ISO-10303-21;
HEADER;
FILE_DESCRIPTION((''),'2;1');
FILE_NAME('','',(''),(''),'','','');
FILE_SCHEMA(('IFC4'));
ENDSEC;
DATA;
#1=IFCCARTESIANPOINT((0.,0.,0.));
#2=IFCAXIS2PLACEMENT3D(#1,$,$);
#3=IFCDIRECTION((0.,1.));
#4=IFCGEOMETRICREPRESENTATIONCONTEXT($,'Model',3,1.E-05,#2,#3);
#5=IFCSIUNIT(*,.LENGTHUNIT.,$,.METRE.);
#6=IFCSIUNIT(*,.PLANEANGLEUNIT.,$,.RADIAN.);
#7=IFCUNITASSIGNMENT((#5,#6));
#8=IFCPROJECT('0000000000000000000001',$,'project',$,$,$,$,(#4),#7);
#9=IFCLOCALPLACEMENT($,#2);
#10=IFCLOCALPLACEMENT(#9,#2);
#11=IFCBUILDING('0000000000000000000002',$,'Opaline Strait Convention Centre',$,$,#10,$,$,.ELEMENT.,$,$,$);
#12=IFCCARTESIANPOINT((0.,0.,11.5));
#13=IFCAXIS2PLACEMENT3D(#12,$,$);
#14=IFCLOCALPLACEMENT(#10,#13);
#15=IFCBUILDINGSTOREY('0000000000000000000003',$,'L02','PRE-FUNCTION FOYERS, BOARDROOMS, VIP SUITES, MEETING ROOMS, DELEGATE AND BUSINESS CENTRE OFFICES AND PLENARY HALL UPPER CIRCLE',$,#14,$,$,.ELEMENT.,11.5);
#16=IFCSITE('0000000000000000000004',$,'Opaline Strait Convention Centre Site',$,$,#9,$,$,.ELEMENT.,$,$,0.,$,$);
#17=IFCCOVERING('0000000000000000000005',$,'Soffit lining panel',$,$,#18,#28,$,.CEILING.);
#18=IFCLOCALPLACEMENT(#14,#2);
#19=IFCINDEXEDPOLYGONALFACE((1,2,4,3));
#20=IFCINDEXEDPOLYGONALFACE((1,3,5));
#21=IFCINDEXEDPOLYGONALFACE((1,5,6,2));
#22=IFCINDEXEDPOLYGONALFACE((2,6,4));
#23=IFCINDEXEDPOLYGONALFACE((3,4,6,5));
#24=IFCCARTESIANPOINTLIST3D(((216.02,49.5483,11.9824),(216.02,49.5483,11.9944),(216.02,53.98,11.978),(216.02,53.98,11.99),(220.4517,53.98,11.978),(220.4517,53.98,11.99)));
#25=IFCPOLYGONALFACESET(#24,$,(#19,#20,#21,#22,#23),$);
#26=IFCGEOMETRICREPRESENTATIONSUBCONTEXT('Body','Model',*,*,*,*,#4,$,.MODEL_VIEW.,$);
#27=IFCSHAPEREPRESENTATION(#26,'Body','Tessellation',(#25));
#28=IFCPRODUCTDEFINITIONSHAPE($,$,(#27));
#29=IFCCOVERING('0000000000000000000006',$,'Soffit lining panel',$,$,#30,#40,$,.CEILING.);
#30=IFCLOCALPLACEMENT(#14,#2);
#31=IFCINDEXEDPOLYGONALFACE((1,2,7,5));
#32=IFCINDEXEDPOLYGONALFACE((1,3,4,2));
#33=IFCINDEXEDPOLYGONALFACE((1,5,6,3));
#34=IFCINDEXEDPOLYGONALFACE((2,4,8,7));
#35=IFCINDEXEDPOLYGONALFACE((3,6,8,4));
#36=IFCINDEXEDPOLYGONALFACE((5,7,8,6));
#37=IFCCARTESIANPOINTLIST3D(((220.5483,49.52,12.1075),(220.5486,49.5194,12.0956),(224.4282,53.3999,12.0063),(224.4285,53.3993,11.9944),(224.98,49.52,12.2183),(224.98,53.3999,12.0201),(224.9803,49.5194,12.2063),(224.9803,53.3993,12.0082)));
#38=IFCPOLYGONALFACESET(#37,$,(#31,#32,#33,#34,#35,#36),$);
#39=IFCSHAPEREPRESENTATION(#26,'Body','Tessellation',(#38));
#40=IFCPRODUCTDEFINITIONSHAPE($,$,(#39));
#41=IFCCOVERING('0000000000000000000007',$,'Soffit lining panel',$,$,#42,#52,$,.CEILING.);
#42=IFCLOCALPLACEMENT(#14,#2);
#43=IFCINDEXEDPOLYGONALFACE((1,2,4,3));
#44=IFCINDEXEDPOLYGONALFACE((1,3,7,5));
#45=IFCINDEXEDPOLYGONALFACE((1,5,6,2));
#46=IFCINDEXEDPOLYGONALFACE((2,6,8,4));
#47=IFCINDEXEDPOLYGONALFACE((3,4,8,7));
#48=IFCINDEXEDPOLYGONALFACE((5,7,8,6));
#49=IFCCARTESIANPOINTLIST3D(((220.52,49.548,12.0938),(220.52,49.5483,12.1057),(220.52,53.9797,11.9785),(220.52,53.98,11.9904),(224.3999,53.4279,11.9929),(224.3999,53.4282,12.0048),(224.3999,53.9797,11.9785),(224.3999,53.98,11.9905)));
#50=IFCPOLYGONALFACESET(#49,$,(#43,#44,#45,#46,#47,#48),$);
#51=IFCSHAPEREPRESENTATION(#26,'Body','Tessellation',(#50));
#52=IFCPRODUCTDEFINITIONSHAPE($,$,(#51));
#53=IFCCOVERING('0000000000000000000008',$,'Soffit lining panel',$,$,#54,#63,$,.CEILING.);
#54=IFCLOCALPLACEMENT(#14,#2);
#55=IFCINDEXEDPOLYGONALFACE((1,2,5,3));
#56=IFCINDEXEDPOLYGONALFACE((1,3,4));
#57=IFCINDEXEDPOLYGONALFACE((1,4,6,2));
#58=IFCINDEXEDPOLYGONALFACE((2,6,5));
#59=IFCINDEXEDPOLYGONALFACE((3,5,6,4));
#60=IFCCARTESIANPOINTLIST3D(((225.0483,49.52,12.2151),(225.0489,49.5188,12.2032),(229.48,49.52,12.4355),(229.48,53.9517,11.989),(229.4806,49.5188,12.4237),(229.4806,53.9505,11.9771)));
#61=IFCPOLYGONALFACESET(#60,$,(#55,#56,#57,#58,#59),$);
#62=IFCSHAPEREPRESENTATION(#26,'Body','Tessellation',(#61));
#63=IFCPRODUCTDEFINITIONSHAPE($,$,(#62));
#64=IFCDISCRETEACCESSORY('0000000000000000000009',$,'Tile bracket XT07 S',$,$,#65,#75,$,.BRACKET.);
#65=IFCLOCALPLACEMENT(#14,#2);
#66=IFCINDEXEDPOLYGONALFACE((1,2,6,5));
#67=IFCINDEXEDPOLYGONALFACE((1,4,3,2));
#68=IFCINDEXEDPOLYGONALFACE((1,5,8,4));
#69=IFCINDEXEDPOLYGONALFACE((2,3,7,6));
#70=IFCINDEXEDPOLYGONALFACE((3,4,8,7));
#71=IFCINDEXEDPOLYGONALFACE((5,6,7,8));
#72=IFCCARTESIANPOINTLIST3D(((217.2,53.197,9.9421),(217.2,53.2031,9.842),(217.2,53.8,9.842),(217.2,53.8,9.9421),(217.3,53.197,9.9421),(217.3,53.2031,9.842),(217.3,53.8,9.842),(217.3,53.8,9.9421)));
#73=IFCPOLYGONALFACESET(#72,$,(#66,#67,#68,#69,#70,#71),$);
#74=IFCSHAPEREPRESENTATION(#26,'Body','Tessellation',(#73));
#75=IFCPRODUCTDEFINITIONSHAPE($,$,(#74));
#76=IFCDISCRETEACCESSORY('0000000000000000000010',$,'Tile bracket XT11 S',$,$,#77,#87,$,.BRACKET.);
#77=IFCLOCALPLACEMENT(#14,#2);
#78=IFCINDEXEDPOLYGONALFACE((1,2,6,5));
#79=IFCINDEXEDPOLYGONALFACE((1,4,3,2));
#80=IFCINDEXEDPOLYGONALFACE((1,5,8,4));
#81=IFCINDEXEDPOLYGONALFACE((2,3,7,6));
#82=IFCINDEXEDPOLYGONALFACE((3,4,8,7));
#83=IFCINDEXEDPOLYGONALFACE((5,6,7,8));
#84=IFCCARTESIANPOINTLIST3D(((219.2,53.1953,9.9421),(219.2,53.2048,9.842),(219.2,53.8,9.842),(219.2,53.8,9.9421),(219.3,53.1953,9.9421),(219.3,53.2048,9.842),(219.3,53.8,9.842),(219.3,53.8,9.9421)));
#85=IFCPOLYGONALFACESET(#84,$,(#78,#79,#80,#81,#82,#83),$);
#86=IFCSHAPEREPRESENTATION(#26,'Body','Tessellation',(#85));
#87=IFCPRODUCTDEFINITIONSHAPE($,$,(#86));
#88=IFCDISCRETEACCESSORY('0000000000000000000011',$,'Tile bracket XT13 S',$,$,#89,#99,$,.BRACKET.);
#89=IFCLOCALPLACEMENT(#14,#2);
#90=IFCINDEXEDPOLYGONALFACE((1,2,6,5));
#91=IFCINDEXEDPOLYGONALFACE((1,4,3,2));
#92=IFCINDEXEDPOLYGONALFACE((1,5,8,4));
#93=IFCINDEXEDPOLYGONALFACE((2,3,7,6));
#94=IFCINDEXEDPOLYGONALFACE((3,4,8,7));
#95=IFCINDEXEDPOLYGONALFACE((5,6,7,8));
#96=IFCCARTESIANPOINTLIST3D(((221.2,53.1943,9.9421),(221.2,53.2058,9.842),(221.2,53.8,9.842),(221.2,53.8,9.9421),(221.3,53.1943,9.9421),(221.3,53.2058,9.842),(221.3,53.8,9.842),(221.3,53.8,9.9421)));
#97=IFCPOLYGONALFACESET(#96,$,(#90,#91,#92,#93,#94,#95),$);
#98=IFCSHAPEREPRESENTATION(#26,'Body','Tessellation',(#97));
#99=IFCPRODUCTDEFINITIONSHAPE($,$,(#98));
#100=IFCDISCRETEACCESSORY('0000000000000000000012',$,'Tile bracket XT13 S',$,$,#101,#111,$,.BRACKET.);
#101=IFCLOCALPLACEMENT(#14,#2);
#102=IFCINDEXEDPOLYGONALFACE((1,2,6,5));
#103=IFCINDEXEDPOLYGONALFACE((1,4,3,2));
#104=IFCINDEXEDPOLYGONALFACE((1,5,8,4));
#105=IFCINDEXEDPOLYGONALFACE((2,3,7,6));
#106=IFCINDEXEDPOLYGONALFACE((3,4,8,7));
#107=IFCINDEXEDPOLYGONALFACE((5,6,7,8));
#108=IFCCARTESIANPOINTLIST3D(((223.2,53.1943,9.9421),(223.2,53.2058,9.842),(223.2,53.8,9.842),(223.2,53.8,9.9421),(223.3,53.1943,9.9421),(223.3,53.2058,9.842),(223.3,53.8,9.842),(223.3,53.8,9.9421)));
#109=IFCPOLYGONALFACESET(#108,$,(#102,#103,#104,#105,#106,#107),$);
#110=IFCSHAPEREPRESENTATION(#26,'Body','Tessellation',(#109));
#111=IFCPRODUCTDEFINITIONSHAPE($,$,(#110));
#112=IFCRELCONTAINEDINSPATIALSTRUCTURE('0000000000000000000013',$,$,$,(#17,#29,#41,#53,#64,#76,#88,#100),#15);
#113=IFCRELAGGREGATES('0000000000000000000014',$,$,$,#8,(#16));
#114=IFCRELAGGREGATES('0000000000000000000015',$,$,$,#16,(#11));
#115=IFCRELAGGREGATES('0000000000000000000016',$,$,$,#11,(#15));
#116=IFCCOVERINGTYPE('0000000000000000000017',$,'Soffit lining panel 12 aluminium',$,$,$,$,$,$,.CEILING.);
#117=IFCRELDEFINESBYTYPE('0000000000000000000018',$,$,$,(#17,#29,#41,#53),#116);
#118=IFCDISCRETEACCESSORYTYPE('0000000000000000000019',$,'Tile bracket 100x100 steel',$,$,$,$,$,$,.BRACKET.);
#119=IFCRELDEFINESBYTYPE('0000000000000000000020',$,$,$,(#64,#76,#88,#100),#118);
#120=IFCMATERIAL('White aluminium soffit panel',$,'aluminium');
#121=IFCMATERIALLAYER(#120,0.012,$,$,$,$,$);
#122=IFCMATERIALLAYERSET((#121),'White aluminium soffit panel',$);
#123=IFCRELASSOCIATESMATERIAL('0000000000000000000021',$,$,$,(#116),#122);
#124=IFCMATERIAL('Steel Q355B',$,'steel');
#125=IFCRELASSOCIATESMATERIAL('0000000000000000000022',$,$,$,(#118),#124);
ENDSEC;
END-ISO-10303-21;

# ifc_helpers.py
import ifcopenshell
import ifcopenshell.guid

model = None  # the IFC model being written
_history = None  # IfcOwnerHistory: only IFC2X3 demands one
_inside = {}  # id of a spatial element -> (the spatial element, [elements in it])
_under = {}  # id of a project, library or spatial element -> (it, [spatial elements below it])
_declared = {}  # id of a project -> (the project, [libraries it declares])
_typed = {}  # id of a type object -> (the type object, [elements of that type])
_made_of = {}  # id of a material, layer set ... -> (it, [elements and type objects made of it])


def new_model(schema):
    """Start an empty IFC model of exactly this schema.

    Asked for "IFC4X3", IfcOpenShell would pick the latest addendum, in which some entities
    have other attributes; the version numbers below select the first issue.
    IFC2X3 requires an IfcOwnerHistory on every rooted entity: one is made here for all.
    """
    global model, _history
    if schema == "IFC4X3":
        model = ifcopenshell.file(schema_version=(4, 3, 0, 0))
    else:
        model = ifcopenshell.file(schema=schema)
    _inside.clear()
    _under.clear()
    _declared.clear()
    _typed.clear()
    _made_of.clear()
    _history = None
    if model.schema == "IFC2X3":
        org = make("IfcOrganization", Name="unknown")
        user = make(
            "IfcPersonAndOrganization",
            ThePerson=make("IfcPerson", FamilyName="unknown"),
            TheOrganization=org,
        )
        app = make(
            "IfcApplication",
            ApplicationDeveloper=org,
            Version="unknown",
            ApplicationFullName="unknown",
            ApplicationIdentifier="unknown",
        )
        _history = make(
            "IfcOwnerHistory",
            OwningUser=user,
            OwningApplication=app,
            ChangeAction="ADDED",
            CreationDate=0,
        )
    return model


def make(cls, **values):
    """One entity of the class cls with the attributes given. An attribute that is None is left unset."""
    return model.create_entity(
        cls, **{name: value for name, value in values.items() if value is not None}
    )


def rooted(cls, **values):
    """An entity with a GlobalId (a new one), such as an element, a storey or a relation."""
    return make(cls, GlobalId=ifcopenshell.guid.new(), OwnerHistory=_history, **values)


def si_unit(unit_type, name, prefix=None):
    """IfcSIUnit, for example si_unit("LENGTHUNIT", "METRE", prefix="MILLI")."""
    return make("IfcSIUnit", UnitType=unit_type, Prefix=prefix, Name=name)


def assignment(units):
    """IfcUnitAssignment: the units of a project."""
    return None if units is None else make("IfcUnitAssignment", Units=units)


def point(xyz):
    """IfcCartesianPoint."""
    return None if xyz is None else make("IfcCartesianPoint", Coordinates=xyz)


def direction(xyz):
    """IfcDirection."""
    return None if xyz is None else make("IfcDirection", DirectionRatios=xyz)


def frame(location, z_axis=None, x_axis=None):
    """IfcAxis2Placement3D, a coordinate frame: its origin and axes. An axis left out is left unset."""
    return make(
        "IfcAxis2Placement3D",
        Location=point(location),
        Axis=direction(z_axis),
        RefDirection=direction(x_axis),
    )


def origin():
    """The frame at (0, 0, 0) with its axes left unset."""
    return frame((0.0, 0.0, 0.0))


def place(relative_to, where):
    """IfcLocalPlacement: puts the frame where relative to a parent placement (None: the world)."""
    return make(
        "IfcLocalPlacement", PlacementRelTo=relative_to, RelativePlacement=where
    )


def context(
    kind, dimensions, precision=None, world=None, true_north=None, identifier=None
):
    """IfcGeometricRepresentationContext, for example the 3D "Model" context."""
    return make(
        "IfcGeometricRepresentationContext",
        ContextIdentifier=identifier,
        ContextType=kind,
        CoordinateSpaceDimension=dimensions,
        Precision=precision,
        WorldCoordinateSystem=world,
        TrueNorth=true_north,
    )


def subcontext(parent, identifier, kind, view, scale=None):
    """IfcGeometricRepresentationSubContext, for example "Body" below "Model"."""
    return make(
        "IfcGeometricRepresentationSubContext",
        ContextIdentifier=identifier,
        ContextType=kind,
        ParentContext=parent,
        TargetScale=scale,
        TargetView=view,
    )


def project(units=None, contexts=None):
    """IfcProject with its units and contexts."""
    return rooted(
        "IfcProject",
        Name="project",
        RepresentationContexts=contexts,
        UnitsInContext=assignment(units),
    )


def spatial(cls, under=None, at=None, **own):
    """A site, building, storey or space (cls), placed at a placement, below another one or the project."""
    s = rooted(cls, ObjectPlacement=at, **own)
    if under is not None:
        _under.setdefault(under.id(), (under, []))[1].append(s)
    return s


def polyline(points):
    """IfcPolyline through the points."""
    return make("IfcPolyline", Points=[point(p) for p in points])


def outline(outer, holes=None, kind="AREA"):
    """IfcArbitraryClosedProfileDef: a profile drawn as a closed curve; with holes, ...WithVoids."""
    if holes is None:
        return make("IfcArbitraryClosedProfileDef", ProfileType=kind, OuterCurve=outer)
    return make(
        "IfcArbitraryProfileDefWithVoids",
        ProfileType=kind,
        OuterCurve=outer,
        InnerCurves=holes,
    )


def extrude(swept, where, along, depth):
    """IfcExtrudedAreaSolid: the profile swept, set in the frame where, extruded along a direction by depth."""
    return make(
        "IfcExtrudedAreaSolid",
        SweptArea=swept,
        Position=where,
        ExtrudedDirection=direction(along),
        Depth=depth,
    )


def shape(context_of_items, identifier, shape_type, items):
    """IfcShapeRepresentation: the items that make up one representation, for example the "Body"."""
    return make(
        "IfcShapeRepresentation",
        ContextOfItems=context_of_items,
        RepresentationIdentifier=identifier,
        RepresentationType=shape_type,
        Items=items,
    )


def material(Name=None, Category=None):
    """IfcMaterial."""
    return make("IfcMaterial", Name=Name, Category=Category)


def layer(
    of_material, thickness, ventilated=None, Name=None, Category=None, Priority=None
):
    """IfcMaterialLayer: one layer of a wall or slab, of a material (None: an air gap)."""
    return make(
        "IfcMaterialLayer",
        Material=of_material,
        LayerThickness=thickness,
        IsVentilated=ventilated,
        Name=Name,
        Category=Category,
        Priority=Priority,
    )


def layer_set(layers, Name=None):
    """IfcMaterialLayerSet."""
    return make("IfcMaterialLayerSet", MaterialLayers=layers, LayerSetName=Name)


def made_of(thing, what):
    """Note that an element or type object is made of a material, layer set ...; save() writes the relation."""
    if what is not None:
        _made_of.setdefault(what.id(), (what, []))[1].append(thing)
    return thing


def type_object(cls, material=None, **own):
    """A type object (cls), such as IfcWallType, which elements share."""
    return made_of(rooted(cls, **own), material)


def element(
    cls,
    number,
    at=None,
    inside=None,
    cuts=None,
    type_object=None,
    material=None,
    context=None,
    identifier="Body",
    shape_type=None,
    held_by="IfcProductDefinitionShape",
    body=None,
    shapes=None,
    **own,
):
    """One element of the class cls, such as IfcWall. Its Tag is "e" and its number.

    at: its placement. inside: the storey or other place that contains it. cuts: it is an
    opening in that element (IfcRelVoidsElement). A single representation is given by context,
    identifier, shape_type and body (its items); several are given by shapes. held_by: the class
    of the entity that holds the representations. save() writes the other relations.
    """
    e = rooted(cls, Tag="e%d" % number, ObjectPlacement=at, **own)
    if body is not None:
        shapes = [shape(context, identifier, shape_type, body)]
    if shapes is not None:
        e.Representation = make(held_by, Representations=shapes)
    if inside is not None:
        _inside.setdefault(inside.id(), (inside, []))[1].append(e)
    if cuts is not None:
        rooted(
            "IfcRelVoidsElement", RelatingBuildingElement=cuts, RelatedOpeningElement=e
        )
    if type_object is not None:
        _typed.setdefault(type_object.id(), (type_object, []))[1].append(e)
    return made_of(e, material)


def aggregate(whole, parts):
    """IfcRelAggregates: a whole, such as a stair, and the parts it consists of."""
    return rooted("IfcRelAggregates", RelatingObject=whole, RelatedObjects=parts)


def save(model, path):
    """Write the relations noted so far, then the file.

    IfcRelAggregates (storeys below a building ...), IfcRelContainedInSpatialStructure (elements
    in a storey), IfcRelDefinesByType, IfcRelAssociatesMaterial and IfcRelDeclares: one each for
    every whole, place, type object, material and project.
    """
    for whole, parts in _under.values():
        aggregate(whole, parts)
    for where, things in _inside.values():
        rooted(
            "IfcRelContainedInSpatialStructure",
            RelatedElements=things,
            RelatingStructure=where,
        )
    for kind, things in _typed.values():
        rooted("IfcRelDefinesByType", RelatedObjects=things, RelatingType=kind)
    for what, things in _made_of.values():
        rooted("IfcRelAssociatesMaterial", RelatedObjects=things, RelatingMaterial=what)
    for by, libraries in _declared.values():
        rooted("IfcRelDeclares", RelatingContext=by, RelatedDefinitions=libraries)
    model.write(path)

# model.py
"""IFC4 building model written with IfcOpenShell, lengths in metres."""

from ifc_helpers import new_model, si_unit, direction, frame, origin, place, context, subcontext, project, spatial, polyline, outline, extrude, material, layer, layer_set, type_object, element, save


model = new_model("IFC4")

# Units and contexts
model_context = context("Model", 3, precision=1e-05, world=origin(), true_north=direction((0.0, 1.0)))
body_context = subcontext(model_context, "Body", "Model", "MODEL_VIEW")
ifc_project = project(units=[si_unit("LENGTHUNIT", "METRE"), si_unit("PLANEANGLEUNIT", "RADIAN")], contexts=[model_context])

# Site, building, storey
site_placement = place(None, origin())
site = spatial("IfcSite", under=ifc_project, at=site_placement, Name="Opaline Strait Convention Centre Site", CompositionType="ELEMENT", RefElevation=0.0)
building_placement = place(site_placement, origin())
building = spatial("IfcBuilding", under=site, at=building_placement, Name="Opaline Strait Convention Centre", CompositionType="ELEMENT")
storey_placement = place(building_placement, frame((0.0, 0.0, 11.5)))
storey = spatial("IfcBuildingStorey", under=building, at=storey_placement, Name="L02", Description="PRE-FUNCTION FOYERS, BOARDROOMS, VIP SUITES, MEETING ROOMS, DELEGATE AND BUSINESS CENTRE OFFICES AND PLENARY HALL UPPER CIRCLE", CompositionType="ELEMENT", Elevation=11.5)

# Shared definitions
ifc_material_1 = material(Name="Steel Q355B", Category="steel")

# Coverings
ifc_material_2 = material(Name="White aluminium soffit panel", Category="aluminium")
ifc_layer = layer(ifc_material_2, 0.012)
ifc_layer_set = layer_set([ifc_layer], Name="White aluminium soffit panel")
covering_type_1 = type_object("IfcCoveringType", Name="Soffit lining panel 12 aluminium", PredefinedType="CEILING", material=ifc_layer_set)
covering_1_placement = place(storey_placement, frame((216.02, 49.5483, 11.9944), z_axis=(0.0, 0.000992, 1.0), x_axis=(0.0, 1.0, -0.000992)))
element("IfcCovering", 1, at=covering_1_placement, inside=storey, type_object=covering_type_1, Name="Soffit lining panel", PredefinedType="CEILING", context=body_context, shape_type="SweptSolid", body=[
    extrude(outline(polyline([(0.0, 0.0), (4.4316, 0.0), (4.4316, -4.4316), (0.0, 0.0)])), origin(), (0.0, 0.0, -1.0), 0.012),
])
covering_2_placement = place(storey_placement, frame((224.4282, 53.3999, 12.0063), z_axis=(-0.024945, 0.050983, 0.998388), x_axis=(0.999688, 0.000011, 0.024977)))
element("IfcCovering", 2, at=covering_2_placement, inside=storey, type_object=covering_type_1, Name="Soffit lining panel", PredefinedType="CEILING", context=body_context, shape_type="SweptSolid", body=[
    extrude(outline(polyline([(0.0, 0.0), (0.5519, 0.0), (0.5568, -3.8849), (-3.8762, -3.8849), (0.0, 0.0)])), origin(), (0.0, 0.0, -1.0), 0.012),
])
covering_3_placement = place(storey_placement, frame((220.52, 49.5483, 12.1057), z_axis=(-0.000013, 0.026005, 0.999662), x_axis=(0.0, 0.999662, -0.026005)))
element("IfcCovering", 3, at=covering_3_placement, inside=storey, type_object=covering_type_1, Name="Soffit lining panel", PredefinedType="CEILING", context=body_context, shape_type="SweptSolid", body=[
    extrude(outline(polyline([(0.0, 0.0), (4.4331, 0.0), (4.4331, -3.8799), (3.8812, -3.8799), (0.0, 0.0)])), origin(), (0.0, 0.0, -1.0), 0.012),
])
covering_4_placement = place(storey_placement, frame((225.0483, 49.52, 12.2151), z_axis=(-0.049435, 0.10013, 0.993745), x_axis=(0.706647, 0.706647, -0.036049)))
element("IfcCovering", 4, at=covering_4_placement, inside=storey, type_object=covering_type_1, Name="Soffit lining panel", PredefinedType="CEILING", context=body_context, shape_type="SweptSolid", body=[
    extrude(outline(polyline([(0.0, 0.0), (6.2714, 0.0), (3.1237, -3.1513), (0.0, 0.0)])), origin(), (0.0, 0.0, -1.0), 0.012),
])

# Discrete accessories
discrete_accessory_type = type_object("IfcDiscreteAccessoryType", Name="Tile bracket 100x100 steel", PredefinedType="BRACKET", material=ifc_material_1)
discrete_accessory_1_placement = place(storey_placement, frame((217.2, 53.8, 9.8921), z_axis=(1.0, 0.0, 0.0), x_axis=(0.0, 1.0, 0.0)))
element("IfcDiscreteAccessory", 5, at=discrete_accessory_1_placement, inside=storey, type_object=discrete_accessory_type, Name="Tile bracket XT07 S", PredefinedType="BRACKET", context=body_context, shape_type="SweptSolid", body=[
    extrude(outline(polyline([(0.0, -0.05), (0.0, 0.05), (-0.603, 0.05), (-0.5969, -0.05), (0.0, -0.05)])), origin(), (0.0, 0.0, 1.0), 0.1001),
])
discrete_accessory_2_placement = place(storey_placement, frame((219.2, 53.8, 9.8921), z_axis=(1.0, 0.0, 0.0), x_axis=(0.0, 1.0, 0.0)))
element("IfcDiscreteAccessory", 6, at=discrete_accessory_2_placement, inside=storey, type_object=discrete_accessory_type, Name="Tile bracket XT11 S", PredefinedType="BRACKET", context=body_context, shape_type="SweptSolid", body=[
    extrude(outline(polyline([(0.0, -0.05), (0.0, 0.05), (-0.6047, 0.05), (-0.5952, -0.05), (0.0, -0.05)])), origin(), (0.0, 0.0, 1.0), 0.1001),
])
for number, where, z_axis, x_axis, name in (
    (7, (221.2, 53.8, 9.8921), (1.0, 0.0, 0.0), (0.0, 1.0, 0.0), "Tile bracket XT13 S"),
    (8, (223.2, 53.8, 9.8921), (1.0, 0.0, 0.0), (0.0, 1.0, 0.0), "Tile bracket XT13 S"),
):
    element("IfcDiscreteAccessory", number, at=place(storey_placement, frame(where, z_axis=z_axis, x_axis=x_axis)), inside=storey, type_object=discrete_accessory_type, Name=name, PredefinedType="BRACKET", context=body_context, shape_type="SweptSolid", body=[
        extrude(outline(polyline([(0.0, -0.05), (0.0, 0.05), (-0.6057, 0.05), (-0.5942, -0.05), (0.0, -0.05)])), origin(), (0.0, 0.0, 1.0), 0.1001),
    ])

save(model, "model.ifc")
